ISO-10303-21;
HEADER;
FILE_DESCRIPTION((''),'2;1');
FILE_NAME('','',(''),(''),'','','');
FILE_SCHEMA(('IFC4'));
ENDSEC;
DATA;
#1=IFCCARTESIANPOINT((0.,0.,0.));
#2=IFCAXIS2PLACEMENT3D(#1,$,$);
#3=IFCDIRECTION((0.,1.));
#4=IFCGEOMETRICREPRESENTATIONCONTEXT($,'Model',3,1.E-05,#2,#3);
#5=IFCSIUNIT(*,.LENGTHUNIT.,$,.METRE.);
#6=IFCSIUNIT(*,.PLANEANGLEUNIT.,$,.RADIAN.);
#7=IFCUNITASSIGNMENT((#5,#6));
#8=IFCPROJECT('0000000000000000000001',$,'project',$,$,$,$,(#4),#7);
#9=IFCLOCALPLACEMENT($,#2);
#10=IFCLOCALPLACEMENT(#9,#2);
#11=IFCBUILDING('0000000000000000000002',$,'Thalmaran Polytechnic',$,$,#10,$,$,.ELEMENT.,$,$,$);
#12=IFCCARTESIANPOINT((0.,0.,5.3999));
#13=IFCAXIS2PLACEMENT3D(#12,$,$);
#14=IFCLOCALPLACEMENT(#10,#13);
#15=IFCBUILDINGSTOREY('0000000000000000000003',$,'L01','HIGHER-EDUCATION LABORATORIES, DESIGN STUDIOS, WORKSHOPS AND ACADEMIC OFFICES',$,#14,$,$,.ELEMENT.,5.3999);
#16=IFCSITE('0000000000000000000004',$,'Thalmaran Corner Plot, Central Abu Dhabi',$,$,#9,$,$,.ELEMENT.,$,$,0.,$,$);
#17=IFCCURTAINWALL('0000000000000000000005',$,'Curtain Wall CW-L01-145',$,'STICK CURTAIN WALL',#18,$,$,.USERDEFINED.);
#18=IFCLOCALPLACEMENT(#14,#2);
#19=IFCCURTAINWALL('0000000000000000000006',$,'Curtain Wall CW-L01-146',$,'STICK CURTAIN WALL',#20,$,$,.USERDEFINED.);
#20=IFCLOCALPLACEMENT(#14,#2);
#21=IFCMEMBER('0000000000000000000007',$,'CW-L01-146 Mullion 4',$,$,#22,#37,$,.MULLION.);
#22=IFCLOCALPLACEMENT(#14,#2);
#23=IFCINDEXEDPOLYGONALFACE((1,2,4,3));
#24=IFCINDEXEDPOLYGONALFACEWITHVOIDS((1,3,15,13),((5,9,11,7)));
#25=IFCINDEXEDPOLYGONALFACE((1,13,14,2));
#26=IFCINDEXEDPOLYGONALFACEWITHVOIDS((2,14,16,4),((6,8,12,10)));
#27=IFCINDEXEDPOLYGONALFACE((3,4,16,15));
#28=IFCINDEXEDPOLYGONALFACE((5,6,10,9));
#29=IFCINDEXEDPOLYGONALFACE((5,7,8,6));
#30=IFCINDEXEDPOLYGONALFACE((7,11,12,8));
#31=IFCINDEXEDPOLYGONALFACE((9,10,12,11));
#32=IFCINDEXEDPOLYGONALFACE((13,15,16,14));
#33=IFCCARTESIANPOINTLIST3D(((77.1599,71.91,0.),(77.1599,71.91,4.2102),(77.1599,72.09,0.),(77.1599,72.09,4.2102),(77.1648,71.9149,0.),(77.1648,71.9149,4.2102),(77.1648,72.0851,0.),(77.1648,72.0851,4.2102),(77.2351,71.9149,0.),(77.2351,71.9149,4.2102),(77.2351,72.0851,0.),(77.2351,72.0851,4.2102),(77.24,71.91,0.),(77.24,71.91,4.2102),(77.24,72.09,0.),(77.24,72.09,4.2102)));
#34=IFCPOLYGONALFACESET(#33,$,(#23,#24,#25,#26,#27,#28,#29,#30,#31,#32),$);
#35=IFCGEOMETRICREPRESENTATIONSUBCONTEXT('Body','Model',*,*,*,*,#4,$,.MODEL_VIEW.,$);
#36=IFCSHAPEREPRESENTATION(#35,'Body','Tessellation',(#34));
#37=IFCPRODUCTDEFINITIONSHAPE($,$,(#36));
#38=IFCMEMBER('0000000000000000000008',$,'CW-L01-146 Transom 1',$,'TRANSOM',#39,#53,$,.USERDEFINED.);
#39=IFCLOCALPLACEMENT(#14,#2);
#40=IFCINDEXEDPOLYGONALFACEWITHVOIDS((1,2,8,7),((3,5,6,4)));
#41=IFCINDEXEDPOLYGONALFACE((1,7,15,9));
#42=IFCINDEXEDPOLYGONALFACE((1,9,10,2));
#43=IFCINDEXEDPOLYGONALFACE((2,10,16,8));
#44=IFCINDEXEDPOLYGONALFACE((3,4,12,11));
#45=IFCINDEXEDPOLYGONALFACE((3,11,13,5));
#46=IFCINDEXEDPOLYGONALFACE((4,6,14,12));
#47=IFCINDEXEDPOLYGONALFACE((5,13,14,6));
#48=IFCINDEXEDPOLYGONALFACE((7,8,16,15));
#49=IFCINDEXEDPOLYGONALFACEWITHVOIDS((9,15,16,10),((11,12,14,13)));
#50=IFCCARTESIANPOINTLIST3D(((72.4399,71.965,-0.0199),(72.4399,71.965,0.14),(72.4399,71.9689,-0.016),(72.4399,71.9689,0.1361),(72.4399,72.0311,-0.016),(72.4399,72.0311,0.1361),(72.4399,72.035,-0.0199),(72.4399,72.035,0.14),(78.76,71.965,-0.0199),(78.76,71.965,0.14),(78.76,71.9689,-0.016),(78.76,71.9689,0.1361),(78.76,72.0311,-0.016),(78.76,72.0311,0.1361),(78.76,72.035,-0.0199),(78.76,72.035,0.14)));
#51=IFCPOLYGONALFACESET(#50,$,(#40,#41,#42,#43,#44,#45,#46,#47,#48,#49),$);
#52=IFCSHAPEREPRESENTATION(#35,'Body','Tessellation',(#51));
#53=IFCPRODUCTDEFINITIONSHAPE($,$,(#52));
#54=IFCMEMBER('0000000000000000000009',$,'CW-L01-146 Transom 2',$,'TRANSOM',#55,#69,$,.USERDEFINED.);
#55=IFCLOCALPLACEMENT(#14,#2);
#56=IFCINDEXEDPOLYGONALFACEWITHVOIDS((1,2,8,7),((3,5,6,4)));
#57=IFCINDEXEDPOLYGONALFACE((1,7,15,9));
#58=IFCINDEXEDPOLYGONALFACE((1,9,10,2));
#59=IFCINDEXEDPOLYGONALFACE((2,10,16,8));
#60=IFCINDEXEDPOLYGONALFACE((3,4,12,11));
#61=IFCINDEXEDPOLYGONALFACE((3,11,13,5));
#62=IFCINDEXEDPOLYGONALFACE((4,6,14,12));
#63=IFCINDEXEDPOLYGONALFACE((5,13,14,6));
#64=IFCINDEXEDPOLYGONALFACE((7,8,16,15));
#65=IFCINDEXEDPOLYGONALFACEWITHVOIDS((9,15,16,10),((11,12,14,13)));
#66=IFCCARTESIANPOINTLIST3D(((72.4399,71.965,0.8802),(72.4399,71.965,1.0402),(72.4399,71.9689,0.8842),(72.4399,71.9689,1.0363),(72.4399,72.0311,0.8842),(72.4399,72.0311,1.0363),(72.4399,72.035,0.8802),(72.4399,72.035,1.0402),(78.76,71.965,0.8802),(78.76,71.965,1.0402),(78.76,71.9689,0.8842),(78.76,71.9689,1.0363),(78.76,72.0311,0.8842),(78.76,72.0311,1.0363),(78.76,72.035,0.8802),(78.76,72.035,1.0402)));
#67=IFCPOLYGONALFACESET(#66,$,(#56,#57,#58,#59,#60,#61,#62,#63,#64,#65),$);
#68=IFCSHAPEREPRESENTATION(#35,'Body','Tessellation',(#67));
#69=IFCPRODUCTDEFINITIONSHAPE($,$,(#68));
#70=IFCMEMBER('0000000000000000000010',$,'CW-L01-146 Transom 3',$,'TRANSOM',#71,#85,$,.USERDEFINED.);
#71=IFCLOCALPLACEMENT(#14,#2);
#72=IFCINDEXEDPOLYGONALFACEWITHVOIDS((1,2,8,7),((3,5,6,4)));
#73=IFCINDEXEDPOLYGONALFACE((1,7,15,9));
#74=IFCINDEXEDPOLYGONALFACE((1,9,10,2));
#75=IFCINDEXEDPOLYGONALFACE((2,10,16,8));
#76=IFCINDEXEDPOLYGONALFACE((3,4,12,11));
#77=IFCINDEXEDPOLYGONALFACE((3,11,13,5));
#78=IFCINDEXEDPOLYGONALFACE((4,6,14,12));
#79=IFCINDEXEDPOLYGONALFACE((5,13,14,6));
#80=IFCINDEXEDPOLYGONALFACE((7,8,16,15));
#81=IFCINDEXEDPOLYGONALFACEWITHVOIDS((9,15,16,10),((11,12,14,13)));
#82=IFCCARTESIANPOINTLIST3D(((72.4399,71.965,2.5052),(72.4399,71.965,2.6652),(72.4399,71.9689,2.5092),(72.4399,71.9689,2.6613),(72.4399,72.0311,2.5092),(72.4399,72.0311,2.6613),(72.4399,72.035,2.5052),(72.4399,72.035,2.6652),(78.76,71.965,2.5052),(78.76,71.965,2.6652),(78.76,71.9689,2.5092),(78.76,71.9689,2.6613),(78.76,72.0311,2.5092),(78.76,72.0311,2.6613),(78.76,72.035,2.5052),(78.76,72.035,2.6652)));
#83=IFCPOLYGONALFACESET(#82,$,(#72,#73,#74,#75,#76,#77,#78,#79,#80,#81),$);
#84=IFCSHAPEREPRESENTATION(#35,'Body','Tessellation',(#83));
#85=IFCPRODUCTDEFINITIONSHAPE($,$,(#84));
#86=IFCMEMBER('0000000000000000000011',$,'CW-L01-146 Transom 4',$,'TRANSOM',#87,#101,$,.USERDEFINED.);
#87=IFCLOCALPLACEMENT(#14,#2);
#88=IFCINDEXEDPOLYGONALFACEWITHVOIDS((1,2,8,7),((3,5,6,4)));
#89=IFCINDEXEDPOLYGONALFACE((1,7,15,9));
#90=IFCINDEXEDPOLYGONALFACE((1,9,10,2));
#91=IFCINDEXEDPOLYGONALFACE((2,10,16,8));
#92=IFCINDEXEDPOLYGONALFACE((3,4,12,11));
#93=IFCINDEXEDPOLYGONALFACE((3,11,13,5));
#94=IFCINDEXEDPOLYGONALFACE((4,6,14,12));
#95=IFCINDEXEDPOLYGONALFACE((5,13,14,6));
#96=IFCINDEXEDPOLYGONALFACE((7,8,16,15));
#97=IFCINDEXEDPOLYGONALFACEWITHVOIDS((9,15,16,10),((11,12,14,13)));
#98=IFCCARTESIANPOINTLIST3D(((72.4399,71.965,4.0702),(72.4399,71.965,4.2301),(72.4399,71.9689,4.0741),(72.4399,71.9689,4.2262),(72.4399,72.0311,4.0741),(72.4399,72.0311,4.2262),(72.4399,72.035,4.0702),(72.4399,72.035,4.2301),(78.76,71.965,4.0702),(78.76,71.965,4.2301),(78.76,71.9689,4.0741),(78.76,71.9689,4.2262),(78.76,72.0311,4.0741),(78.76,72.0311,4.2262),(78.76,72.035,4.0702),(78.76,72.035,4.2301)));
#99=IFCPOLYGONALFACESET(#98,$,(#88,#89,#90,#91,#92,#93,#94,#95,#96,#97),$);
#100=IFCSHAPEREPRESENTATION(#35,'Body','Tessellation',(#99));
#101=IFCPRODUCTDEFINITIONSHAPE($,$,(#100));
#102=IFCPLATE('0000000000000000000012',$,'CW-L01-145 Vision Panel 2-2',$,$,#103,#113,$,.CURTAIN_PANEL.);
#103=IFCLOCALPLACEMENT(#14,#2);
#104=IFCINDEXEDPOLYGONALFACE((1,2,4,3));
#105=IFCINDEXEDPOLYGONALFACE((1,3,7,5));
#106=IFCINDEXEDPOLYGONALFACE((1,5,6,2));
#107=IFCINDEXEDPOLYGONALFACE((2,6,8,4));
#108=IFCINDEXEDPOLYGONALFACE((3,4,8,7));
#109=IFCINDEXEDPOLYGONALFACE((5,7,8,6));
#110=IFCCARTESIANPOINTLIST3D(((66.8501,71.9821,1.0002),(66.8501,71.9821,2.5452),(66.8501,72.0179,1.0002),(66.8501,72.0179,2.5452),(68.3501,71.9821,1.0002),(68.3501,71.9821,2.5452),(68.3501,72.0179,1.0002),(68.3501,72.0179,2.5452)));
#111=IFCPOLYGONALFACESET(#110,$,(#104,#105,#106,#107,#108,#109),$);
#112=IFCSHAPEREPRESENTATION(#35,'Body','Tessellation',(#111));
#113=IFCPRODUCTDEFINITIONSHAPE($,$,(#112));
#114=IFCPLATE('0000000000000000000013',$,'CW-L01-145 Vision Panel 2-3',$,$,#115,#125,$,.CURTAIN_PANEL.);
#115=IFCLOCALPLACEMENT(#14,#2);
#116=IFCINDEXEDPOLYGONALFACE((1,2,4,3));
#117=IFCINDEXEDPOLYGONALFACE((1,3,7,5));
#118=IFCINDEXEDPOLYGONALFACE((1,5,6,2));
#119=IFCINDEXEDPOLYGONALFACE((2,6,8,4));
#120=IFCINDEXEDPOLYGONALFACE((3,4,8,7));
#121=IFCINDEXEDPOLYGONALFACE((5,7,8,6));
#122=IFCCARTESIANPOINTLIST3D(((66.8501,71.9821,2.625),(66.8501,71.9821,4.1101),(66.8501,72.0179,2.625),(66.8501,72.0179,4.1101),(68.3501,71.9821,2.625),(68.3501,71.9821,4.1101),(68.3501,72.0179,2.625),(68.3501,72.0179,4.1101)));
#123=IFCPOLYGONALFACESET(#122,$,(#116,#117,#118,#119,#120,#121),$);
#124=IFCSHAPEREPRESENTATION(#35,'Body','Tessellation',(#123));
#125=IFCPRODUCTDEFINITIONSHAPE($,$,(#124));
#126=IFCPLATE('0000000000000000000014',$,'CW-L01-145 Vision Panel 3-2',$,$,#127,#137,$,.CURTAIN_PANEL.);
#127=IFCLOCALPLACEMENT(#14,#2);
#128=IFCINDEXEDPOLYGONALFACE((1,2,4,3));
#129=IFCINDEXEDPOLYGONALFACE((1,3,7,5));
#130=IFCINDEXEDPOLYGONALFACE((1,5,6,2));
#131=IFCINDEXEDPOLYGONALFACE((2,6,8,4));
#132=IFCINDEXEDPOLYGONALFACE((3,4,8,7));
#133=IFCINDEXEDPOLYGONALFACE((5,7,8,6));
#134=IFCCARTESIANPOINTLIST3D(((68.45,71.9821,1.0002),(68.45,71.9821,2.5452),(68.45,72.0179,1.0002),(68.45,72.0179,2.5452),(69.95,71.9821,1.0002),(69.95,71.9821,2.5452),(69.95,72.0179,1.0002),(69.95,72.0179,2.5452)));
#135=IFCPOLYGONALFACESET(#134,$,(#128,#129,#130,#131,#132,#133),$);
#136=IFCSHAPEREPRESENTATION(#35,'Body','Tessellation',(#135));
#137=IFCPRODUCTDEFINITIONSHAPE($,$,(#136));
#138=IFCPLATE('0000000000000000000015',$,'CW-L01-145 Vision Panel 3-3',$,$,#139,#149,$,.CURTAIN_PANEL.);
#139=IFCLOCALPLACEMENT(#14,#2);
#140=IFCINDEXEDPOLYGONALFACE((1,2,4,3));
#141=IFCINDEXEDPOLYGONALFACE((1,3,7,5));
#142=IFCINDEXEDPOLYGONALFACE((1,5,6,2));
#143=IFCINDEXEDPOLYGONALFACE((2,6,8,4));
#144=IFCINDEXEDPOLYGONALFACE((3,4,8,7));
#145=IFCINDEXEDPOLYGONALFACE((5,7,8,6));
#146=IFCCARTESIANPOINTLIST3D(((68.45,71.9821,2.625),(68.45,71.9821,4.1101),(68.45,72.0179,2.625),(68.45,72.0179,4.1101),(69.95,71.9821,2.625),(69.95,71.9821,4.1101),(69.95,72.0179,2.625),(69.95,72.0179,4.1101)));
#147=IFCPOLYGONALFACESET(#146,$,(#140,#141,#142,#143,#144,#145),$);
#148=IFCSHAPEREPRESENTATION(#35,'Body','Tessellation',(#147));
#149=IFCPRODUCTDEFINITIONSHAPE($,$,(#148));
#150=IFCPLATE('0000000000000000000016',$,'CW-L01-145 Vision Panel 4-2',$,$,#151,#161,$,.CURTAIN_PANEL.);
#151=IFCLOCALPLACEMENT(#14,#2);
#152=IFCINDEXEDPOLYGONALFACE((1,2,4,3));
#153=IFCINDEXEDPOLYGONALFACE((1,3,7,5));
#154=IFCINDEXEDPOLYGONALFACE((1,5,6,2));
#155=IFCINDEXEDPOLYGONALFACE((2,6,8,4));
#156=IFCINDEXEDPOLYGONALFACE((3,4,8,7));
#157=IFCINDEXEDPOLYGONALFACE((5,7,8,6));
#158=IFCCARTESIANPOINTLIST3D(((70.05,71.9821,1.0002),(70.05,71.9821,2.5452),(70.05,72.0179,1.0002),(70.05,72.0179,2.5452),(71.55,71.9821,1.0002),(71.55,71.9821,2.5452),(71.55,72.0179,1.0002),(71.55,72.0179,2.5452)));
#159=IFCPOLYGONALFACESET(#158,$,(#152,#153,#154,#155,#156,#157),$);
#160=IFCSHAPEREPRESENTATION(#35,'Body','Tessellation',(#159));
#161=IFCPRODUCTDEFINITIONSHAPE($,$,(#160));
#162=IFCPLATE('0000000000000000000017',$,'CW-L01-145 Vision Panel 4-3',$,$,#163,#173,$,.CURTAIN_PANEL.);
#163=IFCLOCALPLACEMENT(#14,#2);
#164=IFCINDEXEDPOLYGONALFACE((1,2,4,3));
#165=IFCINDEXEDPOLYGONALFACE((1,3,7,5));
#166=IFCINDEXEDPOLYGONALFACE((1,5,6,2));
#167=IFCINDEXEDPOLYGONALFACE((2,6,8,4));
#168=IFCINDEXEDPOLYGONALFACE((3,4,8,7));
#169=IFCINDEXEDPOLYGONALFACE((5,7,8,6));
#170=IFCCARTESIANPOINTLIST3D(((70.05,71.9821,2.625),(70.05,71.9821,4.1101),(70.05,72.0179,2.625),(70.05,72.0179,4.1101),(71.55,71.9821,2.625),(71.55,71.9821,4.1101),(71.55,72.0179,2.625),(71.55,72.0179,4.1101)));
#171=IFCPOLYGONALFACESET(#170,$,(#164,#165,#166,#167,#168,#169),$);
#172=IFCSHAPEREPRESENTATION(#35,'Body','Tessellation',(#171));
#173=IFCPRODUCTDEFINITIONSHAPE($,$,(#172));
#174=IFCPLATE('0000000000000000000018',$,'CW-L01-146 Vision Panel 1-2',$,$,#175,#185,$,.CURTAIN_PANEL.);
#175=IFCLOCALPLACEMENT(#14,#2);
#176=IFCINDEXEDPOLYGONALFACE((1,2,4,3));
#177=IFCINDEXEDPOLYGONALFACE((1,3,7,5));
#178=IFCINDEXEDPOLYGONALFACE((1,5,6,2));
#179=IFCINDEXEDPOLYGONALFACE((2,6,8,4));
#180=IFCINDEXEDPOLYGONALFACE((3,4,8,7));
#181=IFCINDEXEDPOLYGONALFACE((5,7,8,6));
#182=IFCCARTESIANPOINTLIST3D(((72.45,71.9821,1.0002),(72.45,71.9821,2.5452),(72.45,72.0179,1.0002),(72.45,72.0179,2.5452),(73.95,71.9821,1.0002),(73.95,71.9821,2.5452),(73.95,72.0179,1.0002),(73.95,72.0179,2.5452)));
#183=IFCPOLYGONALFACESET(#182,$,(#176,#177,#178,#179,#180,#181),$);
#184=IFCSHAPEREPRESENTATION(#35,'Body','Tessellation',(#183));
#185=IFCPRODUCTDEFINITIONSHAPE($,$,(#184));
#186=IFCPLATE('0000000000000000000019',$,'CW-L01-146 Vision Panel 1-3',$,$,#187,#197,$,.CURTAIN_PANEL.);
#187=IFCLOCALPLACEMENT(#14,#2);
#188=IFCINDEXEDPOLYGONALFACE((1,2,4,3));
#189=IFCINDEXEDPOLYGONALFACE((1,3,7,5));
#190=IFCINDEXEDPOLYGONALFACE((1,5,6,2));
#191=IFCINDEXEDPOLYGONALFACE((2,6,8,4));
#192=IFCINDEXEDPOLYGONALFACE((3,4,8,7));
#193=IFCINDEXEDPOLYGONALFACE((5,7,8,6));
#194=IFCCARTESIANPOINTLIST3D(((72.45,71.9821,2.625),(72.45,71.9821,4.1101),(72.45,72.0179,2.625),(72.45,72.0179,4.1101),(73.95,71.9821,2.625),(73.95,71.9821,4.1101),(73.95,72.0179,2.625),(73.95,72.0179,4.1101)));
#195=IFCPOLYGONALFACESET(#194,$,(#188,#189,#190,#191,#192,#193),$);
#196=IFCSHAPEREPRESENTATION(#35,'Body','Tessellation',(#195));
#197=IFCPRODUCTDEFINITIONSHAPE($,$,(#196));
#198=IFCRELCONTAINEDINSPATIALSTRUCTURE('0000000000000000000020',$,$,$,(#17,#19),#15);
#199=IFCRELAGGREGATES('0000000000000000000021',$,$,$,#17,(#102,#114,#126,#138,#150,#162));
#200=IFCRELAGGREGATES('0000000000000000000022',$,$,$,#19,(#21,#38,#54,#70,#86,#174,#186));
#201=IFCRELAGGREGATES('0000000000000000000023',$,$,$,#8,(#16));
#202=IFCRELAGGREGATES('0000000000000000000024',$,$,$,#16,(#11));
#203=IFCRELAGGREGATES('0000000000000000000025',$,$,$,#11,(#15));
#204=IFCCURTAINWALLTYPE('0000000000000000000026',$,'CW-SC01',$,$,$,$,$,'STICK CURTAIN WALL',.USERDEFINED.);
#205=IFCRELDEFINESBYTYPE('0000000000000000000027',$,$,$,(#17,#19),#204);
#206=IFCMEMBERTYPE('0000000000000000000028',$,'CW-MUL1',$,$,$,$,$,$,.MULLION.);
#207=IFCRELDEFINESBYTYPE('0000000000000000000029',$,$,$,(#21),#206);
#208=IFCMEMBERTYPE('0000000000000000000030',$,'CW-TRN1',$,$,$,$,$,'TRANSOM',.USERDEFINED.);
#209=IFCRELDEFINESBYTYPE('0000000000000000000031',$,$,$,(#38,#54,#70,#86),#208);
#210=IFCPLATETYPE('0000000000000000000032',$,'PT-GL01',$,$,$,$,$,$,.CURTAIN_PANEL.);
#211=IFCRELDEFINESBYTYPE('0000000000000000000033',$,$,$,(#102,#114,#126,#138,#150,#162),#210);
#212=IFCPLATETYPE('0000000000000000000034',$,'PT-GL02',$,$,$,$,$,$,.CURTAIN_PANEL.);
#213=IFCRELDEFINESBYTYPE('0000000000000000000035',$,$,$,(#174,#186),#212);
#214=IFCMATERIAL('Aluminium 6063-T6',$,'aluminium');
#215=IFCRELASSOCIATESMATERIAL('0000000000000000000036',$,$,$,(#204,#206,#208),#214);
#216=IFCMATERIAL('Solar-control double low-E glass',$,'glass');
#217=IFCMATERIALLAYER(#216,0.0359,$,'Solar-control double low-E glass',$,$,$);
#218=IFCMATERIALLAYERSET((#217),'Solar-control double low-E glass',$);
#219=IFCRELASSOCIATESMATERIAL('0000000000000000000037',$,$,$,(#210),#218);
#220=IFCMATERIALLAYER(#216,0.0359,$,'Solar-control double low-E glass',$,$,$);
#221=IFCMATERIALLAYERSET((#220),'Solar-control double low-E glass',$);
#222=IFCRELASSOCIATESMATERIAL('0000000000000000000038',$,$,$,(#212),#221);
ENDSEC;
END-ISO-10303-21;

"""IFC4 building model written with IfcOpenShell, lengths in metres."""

from ifc_helpers import new_model, si_unit, direction, frame, origin, origin_2d, place, context, subcontext, project, spatial, rectangle, hollow_rectangle, extrude, material, layer, layer_set, material_profile, profile_set, type_object, element, aggregate, save


model = new_model("IFC4")

# Units and contexts
model_context = context("Model", 3, precision=1e-05, world=origin(), true_north=direction((0.0, 1.0)))
body_context = subcontext(model_context, "Body", "Model", "MODEL_VIEW")
ifc_project = project(units=[si_unit("LENGTHUNIT", "METRE"), si_unit("PLANEANGLEUNIT", "RADIAN")], contexts=[model_context])

# Site, building, storey
site_placement = place(None, origin())
site = spatial("IfcSite", under=ifc_project, at=site_placement, Name="Thalmaran Corner Plot, Central Abu Dhabi", CompositionType="ELEMENT", RefElevation=0.0)
building_placement = place(site_placement, origin())
building = spatial("IfcBuilding", under=site, at=building_placement, Name="Thalmaran Polytechnic", CompositionType="ELEMENT")
storey_placement = place(building_placement, frame((0.0, 0.0, 5.3999)))
storey = spatial("IfcBuildingStorey", under=building, at=storey_placement, Name="L01", Description="HIGHER-EDUCATION LABORATORIES, DESIGN STUDIOS, WORKSHOPS AND ACADEMIC OFFICES", CompositionType="ELEMENT", Elevation=5.3999)

# Curtain walls, members
ifc_material_1 = material(Name="Aluminium 6063-T6", Category="aluminium")
curtain_wall_type = type_object("IfcCurtainWallType", Name="CW-SC01", ElementType="STICK CURTAIN WALL", PredefinedType="USERDEFINED", material=ifc_material_1)
curtain_wall_1_placement = place(storey_placement, origin())
curtain_wall_1 = element("IfcCurtainWall", 1, at=curtain_wall_1_placement, inside=storey, type_object=curtain_wall_type, Name="Curtain Wall CW-L01-145", ObjectType="STICK CURTAIN WALL", PredefinedType="USERDEFINED")
ifc_material_profile_1 = material_profile(ifc_material_1, hollow_rectangle(XDim=0.0801, YDim=0.1799, WallThickness=0.0049, at=origin_2d()), Name="RHS 180x80x5.0")
ifc_profile_set_1 = profile_set([ifc_material_profile_1], Name="Aluminium 6063-T6")
member_type_1 = type_object("IfcMemberType", Name="CW-MUL1", PredefinedType="MULLION", material=ifc_profile_set_1)
curtain_wall_2_placement = place(storey_placement, origin())
curtain_wall_2 = element("IfcCurtainWall", 2, at=curtain_wall_2_placement, inside=storey, type_object=curtain_wall_type, Name="Curtain Wall CW-L01-146", ObjectType="STICK CURTAIN WALL", PredefinedType="USERDEFINED")
member_1_placement = place(storey_placement, frame((77.2, 72.0, 0.0), z_axis=(0.0, 0.0, 1.0), x_axis=(1.0, 0.0, 0.0)))
member_1 = element("IfcMember", 3, at=member_1_placement, type_object=member_type_1, Name="CW-L01-146 Mullion 4", PredefinedType="MULLION", context=body_context, shape_type="SweptSolid", body=[
    extrude(hollow_rectangle(XDim=0.0801, YDim=0.1799, WallThickness=0.0049, at=origin_2d()), origin(), (0.0, 0.0, 1.0), 4.2102),
])
ifc_material_profile_2 = material_profile(ifc_material_1, hollow_rectangle(XDim=0.0701, YDim=0.1599, WallThickness=0.0039, at=origin_2d()), Name="AL 160x70x4.0")
ifc_profile_set_2 = profile_set([ifc_material_profile_2], Name="Aluminium 6063-T6")
member_type_2 = type_object("IfcMemberType", Name="CW-TRN1", ElementType="TRANSOM", PredefinedType="USERDEFINED", material=ifc_profile_set_2)
member_2_placement = place(storey_placement, frame((72.4399, 72.0, 0.0601), z_axis=(1.0, 0.0, 0.0), x_axis=(0.0, 1.0, 0.0)))
member_2 = element("IfcMember", 4, at=member_2_placement, type_object=member_type_2, Name="CW-L01-146 Transom 1", ObjectType="TRANSOM", PredefinedType="USERDEFINED", context=body_context, shape_type="SweptSolid", body=[
    extrude(hollow_rectangle(XDim=0.0701, YDim=0.1599, WallThickness=0.0039, at=origin_2d()), origin(), (0.0, 0.0, 1.0), 6.3201),
])
member_3_placement = place(storey_placement, frame((72.4399, 72.0, 0.9602), z_axis=(1.0, 0.0, 0.0), x_axis=(0.0, 1.0, 0.0)))
member_3 = element("IfcMember", 5, at=member_3_placement, type_object=member_type_2, Name="CW-L01-146 Transom 2", ObjectType="TRANSOM", PredefinedType="USERDEFINED", context=body_context, shape_type="SweptSolid", body=[
    extrude(hollow_rectangle(XDim=0.0701, YDim=0.1599, WallThickness=0.0039, at=origin_2d()), origin(), (0.0, 0.0, 1.0), 6.3201),
])
member_4_placement = place(storey_placement, frame((72.4399, 72.0, 2.5852), z_axis=(1.0, 0.0, 0.0), x_axis=(0.0, 1.0, 0.0)))
member_4 = element("IfcMember", 6, at=member_4_placement, type_object=member_type_2, Name="CW-L01-146 Transom 3", ObjectType="TRANSOM", PredefinedType="USERDEFINED", context=body_context, shape_type="SweptSolid", body=[
    extrude(hollow_rectangle(XDim=0.0701, YDim=0.1599, WallThickness=0.0039, at=origin_2d()), origin(), (0.0, 0.0, 1.0), 6.3201),
])
member_5_placement = place(storey_placement, frame((72.4399, 72.0, 4.1501), z_axis=(1.0, 0.0, 0.0), x_axis=(0.0, 1.0, 0.0)))
member_5 = element("IfcMember", 7, at=member_5_placement, type_object=member_type_2, Name="CW-L01-146 Transom 4", ObjectType="TRANSOM", PredefinedType="USERDEFINED", context=body_context, shape_type="SweptSolid", body=[
    extrude(hollow_rectangle(XDim=0.0701, YDim=0.1599, WallThickness=0.0039, at=origin_2d()), origin(), (0.0, 0.0, 1.0), 6.3201),
])

# Plates
ifc_material_2 = material(Name="Solar-control double low-E glass", Category="glass")
ifc_layer_1 = layer(ifc_material_2, 0.0359, Name="Solar-control double low-E glass")
ifc_layer_set_1 = layer_set([ifc_layer_1], Name="Solar-control double low-E glass")
plate_type_1 = type_object("IfcPlateType", Name="PT-GL01", PredefinedType="CURTAIN_PANEL", material=ifc_layer_set_1)
plate_1_placement = place(storey_placement, frame((67.6001, 72.0, 1.0002), z_axis=(0.0, 0.0, 1.0), x_axis=(1.0, 0.0, 0.0)))
plate_1 = element("IfcPlate", 8, at=plate_1_placement, type_object=plate_type_1, Name="CW-L01-145 Vision Panel 2-2", PredefinedType="CURTAIN_PANEL", context=body_context, shape_type="SweptSolid", body=[
    extrude(rectangle(XDim=1.5, YDim=0.0359, at=origin_2d()), origin(), (0.0, 0.0, 1.0), 1.5449),
])
plate_2_placement = place(storey_placement, frame((67.6001, 72.0, 2.625), z_axis=(0.0, 0.0, 1.0), x_axis=(1.0, 0.0, 0.0)))
plate_2 = element("IfcPlate", 9, at=plate_2_placement, type_object=plate_type_1, Name="CW-L01-145 Vision Panel 2-3", PredefinedType="CURTAIN_PANEL", context=body_context, shape_type="SweptSolid", body=[
    extrude(rectangle(XDim=1.5, YDim=0.0359, at=origin_2d()), origin(), (0.0, 0.0, 1.0), 1.4851),
])
plate_3_placement = place(storey_placement, frame((69.2, 72.0, 1.0002), z_axis=(0.0, 0.0, 1.0), x_axis=(1.0, 0.0, 0.0)))
plate_3 = element("IfcPlate", 10, at=plate_3_placement, type_object=plate_type_1, Name="CW-L01-145 Vision Panel 3-2", PredefinedType="CURTAIN_PANEL", context=body_context, shape_type="SweptSolid", body=[
    extrude(rectangle(XDim=1.5, YDim=0.0359, at=origin_2d()), origin(), (0.0, 0.0, 1.0), 1.5449),
])
plate_4_placement = place(storey_placement, frame((69.2, 72.0, 2.625), z_axis=(0.0, 0.0, 1.0), x_axis=(1.0, 0.0, 0.0)))
plate_4 = element("IfcPlate", 11, at=plate_4_placement, type_object=plate_type_1, Name="CW-L01-145 Vision Panel 3-3", PredefinedType="CURTAIN_PANEL", context=body_context, shape_type="SweptSolid", body=[
    extrude(rectangle(XDim=1.5, YDim=0.0359, at=origin_2d()), origin(), (0.0, 0.0, 1.0), 1.4851),
])
plate_5_placement = place(storey_placement, frame((70.8, 72.0, 1.0002), z_axis=(0.0, 0.0, 1.0), x_axis=(1.0, 0.0, 0.0)))
plate_5 = element("IfcPlate", 12, at=plate_5_placement, type_object=plate_type_1, Name="CW-L01-145 Vision Panel 4-2", PredefinedType="CURTAIN_PANEL", context=body_context, shape_type="SweptSolid", body=[
    extrude(rectangle(XDim=1.5, YDim=0.0359, at=origin_2d()), origin(), (0.0, 0.0, 1.0), 1.5449),
])
plate_6_placement = place(storey_placement, frame((70.8, 72.0, 2.625), z_axis=(0.0, 0.0, 1.0), x_axis=(1.0, 0.0, 0.0)))
plate_6 = element("IfcPlate", 13, at=plate_6_placement, type_object=plate_type_1, Name="CW-L01-145 Vision Panel 4-3", PredefinedType="CURTAIN_PANEL", context=body_context, shape_type="SweptSolid", body=[
    extrude(rectangle(XDim=1.5, YDim=0.0359, at=origin_2d()), origin(), (0.0, 0.0, 1.0), 1.4851),
])
ifc_layer_2 = layer(ifc_material_2, 0.0359, Name="Solar-control double low-E glass")
ifc_layer_set_2 = layer_set([ifc_layer_2], Name="Solar-control double low-E glass")
plate_type_2 = type_object("IfcPlateType", Name="PT-GL02", PredefinedType="CURTAIN_PANEL", material=ifc_layer_set_2)
plate_7_placement = place(storey_placement, frame((73.2, 72.0, 1.0002), z_axis=(0.0, 0.0, 1.0), x_axis=(1.0, 0.0, 0.0)))
plate_7 = element("IfcPlate", 14, at=plate_7_placement, type_object=plate_type_2, Name="CW-L01-146 Vision Panel 1-2", PredefinedType="CURTAIN_PANEL", context=body_context, shape_type="SweptSolid", body=[
    extrude(rectangle(XDim=1.5, YDim=0.0359, at=origin_2d()), origin(), (0.0, 0.0, 1.0), 1.5449),
])
plate_8_placement = place(storey_placement, frame((73.2, 72.0, 2.625), z_axis=(0.0, 0.0, 1.0), x_axis=(1.0, 0.0, 0.0)))
plate_8 = element("IfcPlate", 15, at=plate_8_placement, type_object=plate_type_2, Name="CW-L01-146 Vision Panel 1-3", PredefinedType="CURTAIN_PANEL", context=body_context, shape_type="SweptSolid", body=[
    extrude(rectangle(XDim=1.5, YDim=0.0359, at=origin_2d()), origin(), (0.0, 0.0, 1.0), 1.4851),
])
aggregate(curtain_wall_1, [plate_1, plate_2, plate_3, plate_4, plate_5, plate_6])
aggregate(curtain_wall_2, [member_1, member_2, member_3, member_4, member_5, plate_7, plate_8])

save(model, "model.ifc")
